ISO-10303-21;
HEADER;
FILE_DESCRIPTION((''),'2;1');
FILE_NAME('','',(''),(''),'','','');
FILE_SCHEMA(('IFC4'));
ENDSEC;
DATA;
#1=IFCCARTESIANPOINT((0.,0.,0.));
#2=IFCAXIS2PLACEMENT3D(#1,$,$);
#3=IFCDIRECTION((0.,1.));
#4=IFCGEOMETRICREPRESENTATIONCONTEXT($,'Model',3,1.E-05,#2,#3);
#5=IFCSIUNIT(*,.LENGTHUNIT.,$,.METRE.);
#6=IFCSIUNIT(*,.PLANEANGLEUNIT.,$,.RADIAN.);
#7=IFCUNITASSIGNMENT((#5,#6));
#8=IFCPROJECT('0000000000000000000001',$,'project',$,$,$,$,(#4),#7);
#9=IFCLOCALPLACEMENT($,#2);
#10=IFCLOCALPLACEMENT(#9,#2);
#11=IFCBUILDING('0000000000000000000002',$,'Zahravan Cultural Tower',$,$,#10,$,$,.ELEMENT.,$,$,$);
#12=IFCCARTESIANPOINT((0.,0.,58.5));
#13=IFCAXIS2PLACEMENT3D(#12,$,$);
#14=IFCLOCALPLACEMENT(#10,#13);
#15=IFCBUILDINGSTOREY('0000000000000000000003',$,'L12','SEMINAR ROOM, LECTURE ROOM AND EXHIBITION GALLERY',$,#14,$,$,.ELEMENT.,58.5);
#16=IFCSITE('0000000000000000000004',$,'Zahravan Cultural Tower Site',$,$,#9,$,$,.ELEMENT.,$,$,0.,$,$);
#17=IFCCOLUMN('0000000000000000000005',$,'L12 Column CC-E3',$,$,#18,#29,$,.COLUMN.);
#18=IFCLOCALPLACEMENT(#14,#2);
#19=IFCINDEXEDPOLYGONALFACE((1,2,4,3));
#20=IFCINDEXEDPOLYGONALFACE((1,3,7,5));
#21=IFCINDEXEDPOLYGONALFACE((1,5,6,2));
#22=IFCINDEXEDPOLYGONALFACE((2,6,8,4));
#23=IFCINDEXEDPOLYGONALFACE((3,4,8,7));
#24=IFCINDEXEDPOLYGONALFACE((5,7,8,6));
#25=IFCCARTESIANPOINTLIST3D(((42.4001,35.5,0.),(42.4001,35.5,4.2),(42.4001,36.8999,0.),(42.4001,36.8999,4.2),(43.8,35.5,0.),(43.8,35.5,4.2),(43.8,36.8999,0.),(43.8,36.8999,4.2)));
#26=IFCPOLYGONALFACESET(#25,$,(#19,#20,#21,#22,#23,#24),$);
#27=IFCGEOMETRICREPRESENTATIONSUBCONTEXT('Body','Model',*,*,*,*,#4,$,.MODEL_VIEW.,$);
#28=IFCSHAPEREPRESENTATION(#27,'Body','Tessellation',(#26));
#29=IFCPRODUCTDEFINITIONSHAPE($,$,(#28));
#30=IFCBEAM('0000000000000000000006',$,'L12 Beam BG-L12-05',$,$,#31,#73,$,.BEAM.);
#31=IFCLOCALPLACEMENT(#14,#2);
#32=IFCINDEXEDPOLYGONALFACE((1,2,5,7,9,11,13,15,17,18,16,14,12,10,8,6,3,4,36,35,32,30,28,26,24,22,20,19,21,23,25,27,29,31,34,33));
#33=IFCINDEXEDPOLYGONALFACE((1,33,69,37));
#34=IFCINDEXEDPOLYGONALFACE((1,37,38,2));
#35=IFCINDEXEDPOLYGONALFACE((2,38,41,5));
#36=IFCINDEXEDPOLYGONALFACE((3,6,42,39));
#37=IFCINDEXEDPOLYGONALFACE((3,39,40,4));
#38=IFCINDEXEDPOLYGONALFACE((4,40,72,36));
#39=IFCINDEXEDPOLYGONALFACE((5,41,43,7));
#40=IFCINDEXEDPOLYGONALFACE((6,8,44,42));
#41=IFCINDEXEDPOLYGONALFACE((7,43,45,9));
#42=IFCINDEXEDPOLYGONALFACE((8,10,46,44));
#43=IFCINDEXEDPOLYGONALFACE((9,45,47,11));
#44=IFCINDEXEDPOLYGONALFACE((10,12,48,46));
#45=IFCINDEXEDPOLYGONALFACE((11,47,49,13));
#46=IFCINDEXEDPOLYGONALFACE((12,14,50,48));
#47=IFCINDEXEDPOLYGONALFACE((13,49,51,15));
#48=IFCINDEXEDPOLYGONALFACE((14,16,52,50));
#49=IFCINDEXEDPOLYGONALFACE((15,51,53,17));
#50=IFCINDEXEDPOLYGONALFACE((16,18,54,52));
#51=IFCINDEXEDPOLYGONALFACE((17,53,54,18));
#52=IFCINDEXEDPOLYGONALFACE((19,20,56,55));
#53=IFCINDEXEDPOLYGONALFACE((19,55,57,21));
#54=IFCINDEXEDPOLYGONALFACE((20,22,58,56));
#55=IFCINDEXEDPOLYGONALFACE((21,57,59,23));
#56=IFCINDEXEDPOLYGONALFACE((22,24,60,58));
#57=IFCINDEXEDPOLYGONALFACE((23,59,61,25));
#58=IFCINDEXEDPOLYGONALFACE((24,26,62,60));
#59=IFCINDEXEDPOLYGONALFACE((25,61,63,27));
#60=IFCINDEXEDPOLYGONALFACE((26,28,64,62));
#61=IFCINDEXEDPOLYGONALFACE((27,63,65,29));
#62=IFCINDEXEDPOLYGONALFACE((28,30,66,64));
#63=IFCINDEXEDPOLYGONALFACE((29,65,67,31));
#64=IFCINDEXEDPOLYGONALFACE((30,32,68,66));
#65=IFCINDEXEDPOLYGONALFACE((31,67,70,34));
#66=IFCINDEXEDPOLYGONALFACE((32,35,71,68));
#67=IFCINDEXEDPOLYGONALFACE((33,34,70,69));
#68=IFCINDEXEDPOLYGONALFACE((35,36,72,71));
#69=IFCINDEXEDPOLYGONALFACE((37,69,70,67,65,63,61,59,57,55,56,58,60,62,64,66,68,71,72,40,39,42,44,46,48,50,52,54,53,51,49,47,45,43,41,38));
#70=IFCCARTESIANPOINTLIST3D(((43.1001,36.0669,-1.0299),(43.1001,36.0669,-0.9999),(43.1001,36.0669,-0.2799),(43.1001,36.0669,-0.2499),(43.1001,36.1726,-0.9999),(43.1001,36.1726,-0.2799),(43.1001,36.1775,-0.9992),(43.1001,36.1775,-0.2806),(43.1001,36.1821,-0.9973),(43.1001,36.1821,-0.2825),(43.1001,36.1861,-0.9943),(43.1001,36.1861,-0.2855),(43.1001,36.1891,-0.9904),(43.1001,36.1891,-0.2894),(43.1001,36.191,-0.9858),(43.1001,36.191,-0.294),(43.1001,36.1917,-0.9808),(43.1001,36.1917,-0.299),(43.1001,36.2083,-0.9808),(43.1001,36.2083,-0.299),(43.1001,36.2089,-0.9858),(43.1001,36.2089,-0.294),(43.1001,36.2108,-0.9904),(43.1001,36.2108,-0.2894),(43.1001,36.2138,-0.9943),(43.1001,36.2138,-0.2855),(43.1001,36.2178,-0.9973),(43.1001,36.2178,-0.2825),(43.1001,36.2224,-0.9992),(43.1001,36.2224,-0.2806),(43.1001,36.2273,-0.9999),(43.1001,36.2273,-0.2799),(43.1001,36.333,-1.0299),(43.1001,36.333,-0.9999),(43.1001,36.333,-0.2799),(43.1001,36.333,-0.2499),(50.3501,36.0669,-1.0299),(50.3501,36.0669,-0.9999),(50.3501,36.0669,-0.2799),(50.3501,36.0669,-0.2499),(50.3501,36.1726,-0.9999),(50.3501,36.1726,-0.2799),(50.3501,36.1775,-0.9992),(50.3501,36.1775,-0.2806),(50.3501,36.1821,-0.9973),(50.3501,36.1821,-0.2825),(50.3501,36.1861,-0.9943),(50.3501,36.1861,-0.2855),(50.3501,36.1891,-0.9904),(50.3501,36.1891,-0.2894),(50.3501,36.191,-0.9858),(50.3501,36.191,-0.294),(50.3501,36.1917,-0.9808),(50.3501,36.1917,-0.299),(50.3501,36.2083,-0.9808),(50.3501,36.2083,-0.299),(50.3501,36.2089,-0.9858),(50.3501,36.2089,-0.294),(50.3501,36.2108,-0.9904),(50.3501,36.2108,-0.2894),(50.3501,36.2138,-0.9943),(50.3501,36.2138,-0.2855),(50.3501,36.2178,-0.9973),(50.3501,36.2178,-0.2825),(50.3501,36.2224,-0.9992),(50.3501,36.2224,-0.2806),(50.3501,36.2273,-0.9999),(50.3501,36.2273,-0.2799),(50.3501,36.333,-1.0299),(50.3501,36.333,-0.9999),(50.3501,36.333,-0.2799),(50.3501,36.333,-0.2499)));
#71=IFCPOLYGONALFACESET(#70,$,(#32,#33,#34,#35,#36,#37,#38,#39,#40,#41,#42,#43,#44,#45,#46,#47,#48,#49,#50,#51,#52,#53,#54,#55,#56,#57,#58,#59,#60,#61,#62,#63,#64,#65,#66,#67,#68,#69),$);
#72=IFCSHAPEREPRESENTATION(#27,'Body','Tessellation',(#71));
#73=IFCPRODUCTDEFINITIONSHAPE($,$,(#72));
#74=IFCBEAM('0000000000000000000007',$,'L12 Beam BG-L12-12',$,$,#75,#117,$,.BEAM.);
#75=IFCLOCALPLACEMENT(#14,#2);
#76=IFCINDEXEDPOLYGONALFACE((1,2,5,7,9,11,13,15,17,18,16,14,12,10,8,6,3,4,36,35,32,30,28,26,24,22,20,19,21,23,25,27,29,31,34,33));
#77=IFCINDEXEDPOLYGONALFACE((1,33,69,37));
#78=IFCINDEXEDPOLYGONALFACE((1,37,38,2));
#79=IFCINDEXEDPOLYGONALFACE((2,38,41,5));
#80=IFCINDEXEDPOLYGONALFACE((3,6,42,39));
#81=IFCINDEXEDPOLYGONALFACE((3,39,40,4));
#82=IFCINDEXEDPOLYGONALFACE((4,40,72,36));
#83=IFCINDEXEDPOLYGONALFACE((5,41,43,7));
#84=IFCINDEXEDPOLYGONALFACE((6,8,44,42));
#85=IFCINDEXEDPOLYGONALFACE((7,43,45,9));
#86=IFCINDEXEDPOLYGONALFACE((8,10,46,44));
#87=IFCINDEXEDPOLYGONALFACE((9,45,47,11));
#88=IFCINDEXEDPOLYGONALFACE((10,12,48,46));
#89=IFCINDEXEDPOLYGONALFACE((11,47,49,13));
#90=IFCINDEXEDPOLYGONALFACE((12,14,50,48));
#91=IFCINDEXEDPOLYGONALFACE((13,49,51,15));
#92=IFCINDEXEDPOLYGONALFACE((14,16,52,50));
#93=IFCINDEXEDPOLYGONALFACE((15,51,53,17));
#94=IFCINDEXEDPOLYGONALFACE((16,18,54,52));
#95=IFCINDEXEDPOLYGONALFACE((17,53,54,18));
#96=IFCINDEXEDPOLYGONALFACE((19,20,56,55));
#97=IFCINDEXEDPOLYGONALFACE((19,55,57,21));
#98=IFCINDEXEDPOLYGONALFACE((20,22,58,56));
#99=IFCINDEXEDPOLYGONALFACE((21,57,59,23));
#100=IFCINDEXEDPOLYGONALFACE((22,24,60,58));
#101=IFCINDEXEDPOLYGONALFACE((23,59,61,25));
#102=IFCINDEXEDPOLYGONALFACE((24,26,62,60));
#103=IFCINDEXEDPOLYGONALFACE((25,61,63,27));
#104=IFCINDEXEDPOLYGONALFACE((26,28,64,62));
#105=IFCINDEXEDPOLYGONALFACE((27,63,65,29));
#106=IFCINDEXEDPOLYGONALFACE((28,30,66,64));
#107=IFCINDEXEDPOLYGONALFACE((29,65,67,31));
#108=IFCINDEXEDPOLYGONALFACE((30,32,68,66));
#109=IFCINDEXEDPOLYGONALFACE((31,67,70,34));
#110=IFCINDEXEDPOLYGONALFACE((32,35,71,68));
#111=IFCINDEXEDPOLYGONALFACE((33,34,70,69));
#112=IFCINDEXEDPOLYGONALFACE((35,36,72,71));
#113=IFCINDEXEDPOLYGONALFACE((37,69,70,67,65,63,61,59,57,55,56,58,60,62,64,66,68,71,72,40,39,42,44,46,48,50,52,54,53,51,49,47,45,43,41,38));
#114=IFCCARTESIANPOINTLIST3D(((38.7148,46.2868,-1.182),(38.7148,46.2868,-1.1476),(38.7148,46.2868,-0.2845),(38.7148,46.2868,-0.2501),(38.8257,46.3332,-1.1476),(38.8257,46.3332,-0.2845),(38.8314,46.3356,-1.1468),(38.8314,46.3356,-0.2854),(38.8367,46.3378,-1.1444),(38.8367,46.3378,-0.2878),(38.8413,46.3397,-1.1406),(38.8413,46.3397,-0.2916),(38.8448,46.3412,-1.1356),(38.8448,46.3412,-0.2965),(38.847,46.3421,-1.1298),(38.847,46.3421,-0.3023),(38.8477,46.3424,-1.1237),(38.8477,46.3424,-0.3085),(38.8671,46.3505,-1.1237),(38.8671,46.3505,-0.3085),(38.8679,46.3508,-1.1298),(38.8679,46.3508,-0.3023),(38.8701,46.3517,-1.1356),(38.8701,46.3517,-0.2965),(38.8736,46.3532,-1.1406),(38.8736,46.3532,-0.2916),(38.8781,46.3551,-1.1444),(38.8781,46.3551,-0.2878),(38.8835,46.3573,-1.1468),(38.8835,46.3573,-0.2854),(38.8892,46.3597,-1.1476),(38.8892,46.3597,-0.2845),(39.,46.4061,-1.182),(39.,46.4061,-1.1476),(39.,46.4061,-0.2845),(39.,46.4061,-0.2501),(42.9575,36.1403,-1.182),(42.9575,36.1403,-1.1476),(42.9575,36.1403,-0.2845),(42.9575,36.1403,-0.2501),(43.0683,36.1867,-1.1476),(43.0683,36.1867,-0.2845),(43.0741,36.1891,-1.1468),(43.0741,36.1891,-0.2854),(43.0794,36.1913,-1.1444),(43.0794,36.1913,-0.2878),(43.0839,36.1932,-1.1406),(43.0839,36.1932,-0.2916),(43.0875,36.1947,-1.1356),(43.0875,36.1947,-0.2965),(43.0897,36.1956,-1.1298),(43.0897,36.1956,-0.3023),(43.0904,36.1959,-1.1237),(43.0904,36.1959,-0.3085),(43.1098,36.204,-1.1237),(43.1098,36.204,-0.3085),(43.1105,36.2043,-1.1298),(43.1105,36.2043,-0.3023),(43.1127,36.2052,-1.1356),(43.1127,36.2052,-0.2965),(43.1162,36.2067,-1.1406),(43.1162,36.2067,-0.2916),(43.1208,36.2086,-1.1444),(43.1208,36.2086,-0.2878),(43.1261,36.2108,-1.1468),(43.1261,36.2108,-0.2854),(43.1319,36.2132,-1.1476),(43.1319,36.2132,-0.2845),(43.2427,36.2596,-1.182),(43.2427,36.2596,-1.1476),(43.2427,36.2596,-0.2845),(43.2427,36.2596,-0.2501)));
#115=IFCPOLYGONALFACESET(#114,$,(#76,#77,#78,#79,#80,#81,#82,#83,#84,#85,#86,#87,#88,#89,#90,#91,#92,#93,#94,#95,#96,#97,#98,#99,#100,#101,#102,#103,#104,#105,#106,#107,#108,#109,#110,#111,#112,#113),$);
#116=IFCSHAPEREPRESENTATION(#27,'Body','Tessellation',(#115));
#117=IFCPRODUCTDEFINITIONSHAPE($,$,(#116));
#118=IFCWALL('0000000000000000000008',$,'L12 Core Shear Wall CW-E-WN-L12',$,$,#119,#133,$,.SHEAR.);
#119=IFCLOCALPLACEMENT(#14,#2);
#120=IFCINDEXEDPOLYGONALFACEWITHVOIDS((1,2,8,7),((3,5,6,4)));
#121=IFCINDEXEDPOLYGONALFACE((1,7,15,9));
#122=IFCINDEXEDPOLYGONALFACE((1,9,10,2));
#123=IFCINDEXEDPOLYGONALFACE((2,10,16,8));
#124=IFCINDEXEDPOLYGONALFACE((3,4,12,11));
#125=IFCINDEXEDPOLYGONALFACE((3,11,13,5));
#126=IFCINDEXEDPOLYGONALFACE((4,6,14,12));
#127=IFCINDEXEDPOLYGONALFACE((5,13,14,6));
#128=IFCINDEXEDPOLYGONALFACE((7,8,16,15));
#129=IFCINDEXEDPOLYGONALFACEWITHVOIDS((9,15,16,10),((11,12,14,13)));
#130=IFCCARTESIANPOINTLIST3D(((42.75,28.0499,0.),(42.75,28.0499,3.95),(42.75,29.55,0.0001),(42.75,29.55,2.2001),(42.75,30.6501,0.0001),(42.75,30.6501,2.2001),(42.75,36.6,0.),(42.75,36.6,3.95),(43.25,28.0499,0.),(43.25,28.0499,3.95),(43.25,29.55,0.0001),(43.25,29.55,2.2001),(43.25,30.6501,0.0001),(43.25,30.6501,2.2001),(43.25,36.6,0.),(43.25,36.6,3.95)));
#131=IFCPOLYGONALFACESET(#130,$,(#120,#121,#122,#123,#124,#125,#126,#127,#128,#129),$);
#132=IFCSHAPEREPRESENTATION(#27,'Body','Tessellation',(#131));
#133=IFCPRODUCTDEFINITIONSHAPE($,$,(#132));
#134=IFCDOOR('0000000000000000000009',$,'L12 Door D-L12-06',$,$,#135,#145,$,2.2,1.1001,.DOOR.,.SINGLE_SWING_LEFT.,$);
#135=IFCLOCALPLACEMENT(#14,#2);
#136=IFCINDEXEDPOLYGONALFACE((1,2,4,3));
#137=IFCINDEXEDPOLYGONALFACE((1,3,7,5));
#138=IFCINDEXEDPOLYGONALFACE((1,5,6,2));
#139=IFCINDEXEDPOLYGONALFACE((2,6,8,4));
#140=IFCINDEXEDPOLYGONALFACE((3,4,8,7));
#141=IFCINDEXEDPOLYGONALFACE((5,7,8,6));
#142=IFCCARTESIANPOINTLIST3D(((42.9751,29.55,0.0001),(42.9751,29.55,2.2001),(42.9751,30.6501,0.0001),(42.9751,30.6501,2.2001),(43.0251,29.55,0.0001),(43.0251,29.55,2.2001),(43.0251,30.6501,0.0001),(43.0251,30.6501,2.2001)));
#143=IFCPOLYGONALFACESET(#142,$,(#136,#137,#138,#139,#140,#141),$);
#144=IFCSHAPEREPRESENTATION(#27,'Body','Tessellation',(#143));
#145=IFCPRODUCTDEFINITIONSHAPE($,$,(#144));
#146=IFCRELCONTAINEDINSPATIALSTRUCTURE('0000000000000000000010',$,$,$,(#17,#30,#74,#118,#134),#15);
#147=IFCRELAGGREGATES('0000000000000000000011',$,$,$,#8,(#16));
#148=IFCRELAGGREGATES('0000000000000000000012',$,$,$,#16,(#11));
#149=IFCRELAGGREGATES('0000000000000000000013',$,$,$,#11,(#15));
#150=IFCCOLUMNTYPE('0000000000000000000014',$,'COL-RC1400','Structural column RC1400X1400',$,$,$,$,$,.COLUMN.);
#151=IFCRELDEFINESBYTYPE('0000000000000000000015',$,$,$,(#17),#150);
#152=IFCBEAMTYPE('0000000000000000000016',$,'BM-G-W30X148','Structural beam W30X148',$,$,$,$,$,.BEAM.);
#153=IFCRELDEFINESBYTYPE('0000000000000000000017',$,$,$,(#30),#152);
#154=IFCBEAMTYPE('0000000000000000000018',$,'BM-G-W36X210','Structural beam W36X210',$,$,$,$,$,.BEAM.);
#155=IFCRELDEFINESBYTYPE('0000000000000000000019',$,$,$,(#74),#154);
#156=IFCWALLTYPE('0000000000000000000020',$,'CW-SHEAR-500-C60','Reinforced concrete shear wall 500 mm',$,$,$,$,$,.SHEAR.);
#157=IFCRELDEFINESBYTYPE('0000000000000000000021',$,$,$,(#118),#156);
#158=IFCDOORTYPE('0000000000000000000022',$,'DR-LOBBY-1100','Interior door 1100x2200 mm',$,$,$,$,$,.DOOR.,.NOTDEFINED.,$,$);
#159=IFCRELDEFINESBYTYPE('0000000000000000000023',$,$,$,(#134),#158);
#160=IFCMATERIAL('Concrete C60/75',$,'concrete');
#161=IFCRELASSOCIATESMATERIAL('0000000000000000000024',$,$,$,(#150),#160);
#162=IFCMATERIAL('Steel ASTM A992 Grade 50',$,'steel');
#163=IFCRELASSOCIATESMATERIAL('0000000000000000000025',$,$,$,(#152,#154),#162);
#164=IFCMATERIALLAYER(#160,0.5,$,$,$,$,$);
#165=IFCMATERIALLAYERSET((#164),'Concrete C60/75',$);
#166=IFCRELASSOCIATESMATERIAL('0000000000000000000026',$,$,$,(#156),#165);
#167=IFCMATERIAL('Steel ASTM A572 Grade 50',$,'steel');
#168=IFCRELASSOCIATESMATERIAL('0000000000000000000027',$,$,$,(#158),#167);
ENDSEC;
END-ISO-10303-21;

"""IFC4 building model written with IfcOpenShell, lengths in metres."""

from ifc_helpers import new_model, si_unit, direction, frame, frame_2d, origin, origin_2d, place, context, subcontext, project, spatial, rectangle, i_section, extrude, source, transform, mapped, material, layer, layer_set, material_profile, profile_set, type_object, element, fill, save


model = new_model("IFC4")

# Units and contexts
model_context = context("Model", 3, precision=1e-05, world=origin(), true_north=direction((0.0, 1.0)))
body_context = subcontext(model_context, "Body", "Model", "MODEL_VIEW")
ifc_project = project(units=[si_unit("LENGTHUNIT", "METRE"), si_unit("PLANEANGLEUNIT", "RADIAN")], contexts=[model_context])

# Site, building, storey
site_placement = place(None, origin())
site = spatial("IfcSite", under=ifc_project, at=site_placement, Name="Zahravan Cultural Tower Site", CompositionType="ELEMENT", RefElevation=0.0)
building_placement = place(site_placement, origin())
building = spatial("IfcBuilding", under=site, at=building_placement, Name="Zahravan Cultural Tower", CompositionType="ELEMENT")
storey_placement = place(building_placement, frame((0.0, 0.0, 58.5)))
storey = spatial("IfcBuildingStorey", under=building, at=storey_placement, Name="L12", Description="SEMINAR ROOM, LECTURE ROOM AND EXHIBITION GALLERY", CompositionType="ELEMENT", Elevation=58.5)

# Column
ifc_material_1 = material(Name="Concrete C60/75", Category="concrete")
ifc_material_profile_1 = material_profile(ifc_material_1, rectangle(XDim=1.3999, YDim=1.3999, at=origin_2d()), Name="RC1400X1400")
ifc_profile_set_1 = profile_set([ifc_material_profile_1], Name="Concrete C60/75")
column_type = type_object("IfcColumnType", Name="COL-RC1400", Description="Structural column RC1400X1400", PredefinedType="COLUMN", material=ifc_profile_set_1)
shared_shape_1 = source(origin(), body_context, "Body", "SweptSolid", [
    extrude(rectangle(XDim=1.3999, YDim=1.3999, at=origin_2d()), origin(), (0.0, 0.0, 1.0), 4.2),
])
column_placement = place(storey_placement, frame((43.1001, 36.2, 0.0), z_axis=(0.0, 0.0, 1.0), x_axis=(1.0, 0.0, 0.0)))
element("IfcColumn", 1, at=column_placement, inside=storey, type_object=column_type, Name="L12 Column CC-E3", PredefinedType="COLUMN", context=body_context, shape_type="MappedRepresentation", body=[
    mapped(shared_shape_1, transform((0.0, 0.0, 0.0), x_axis=(1.0, 0.0, 0.0), y_axis=(0.0, 1.0, 0.0), z_axis=(0.0, 0.0, 1.0), scale=1.0)),
])

# Beams
ifc_material_2 = material(Name="Steel ASTM A992 Grade 50", Category="steel")
ifc_material_profile_2 = material_profile(ifc_material_2, i_section(OverallWidth=0.2661, OverallDepth=0.78, WebThickness=0.0166, FlangeThickness=0.03, FilletRadius=0.019, at=origin_2d()), Name="W30X148")
ifc_profile_set_2 = profile_set([ifc_material_profile_2], Name="Steel ASTM A992 Grade 50")
beam_type_1 = type_object("IfcBeamType", Name="BM-G-W30X148", Description="Structural beam W30X148", PredefinedType="BEAM", material=ifc_profile_set_2)
shared_shape_2 = source(origin(), body_context, "Body", "SweptSolid", [
    extrude(i_section(OverallWidth=0.2661, OverallDepth=0.78, WebThickness=0.0166, FlangeThickness=0.03, FilletRadius=0.019, at=origin_2d()), origin(), (0.0, 0.0, 1.0), 7.25),
])
beam_1_placement = place(storey_placement, frame((43.1001, 36.2, -0.6399), z_axis=(1.0, 0.0, 0.0), x_axis=(0.0, 1.0, 0.0)))
element("IfcBeam", 2, at=beam_1_placement, inside=storey, type_object=beam_type_1, Name="L12 Beam BG-L12-05", PredefinedType="BEAM", context=body_context, shape_type="MappedRepresentation", body=[
    mapped(shared_shape_2, transform((0.0, 0.0, 0.0), x_axis=(1.0, 0.0, 0.0), y_axis=(0.0, 1.0, 0.0), z_axis=(0.0, 0.0, 1.0), scale=1.0)),
])
ifc_material_profile_3 = material_profile(ifc_material_2, i_section(OverallWidth=0.3091, OverallDepth=0.9319, WebThickness=0.021, FlangeThickness=0.0344, FilletRadius=0.0239, at=origin_2d()), Name="W36X210")
ifc_profile_set_3 = profile_set([ifc_material_profile_3], Name="Steel ASTM A992 Grade 50")
beam_type_2 = type_object("IfcBeamType", Name="BM-G-W36X210", Description="Structural beam W36X210", PredefinedType="BEAM", material=ifc_profile_set_3)
shared_shape_3 = source(origin(), body_context, "Body", "SweptSolid", [
    extrude(i_section(OverallWidth=0.3091, OverallDepth=0.9319, WebThickness=0.021, FlangeThickness=0.0344, FilletRadius=0.0239, at=origin_2d()), origin(), (0.0, 0.0, 1.0), 10.9978),
])
beam_2_placement = place(storey_placement, frame((43.1001, 36.2, -0.7161), z_axis=(-0.385775, 0.922593, 0.0), x_axis=(-0.922593, -0.385775, 0.0)))
element("IfcBeam", 3, at=beam_2_placement, inside=storey, type_object=beam_type_2, Name="L12 Beam BG-L12-12", PredefinedType="BEAM", context=body_context, shape_type="MappedRepresentation", body=[
    mapped(shared_shape_3, transform((0.0, 0.0, 0.0), x_axis=(1.0, 0.0, 0.0), y_axis=(0.0, 1.0, 0.0), z_axis=(0.0, 0.0, 1.0), scale=1.0)),
])

# Wall, opening, door
ifc_layer_1 = layer(ifc_material_1, 0.5)
ifc_layer_set_1 = layer_set([ifc_layer_1], Name="Concrete C60/75")
wall_type_1 = type_object("IfcWallType", Name="CW-SHEAR-500-C60", Description="Reinforced concrete shear wall 500 mm", PredefinedType="SHEAR", material=ifc_layer_set_1)
wall_1_placement = place(storey_placement, frame((43.0, 28.05, 0.0), z_axis=(0.0, 0.0, 1.0), x_axis=(0.0, 1.0, 0.0)))
wall_1 = element("IfcWall", 4, at=wall_1_placement, inside=storey, type_object=wall_type_1, Name="L12 Core Shear Wall CW-E-WN-L12", PredefinedType="SHEAR", context=body_context, shape_type="SweptSolid", body=[
    extrude(rectangle(XDim=8.55, YDim=0.5, at=frame_2d((4.2749, 0.0))), origin(), (0.0, 0.0, 1.0), 3.95),
])
opening_1_placement = place(wall_1_placement, frame((1.5, 0.0, 0.0)))
opening_1 = element("IfcOpeningElement", 5, at=opening_1_placement, cuts=wall_1, PredefinedType="OPENING", context=body_context, shape_type="SweptSolid", body=[
    extrude(rectangle(XDim=1.1001, YDim=2.2, at=frame_2d((0.55, 1.1001))), frame((0.0, 0.26, 0.0), z_axis=(0.0, -1.0, 0.0), x_axis=(1.0, 0.0, 0.0)), (0.0, 0.0, 1.0), 0.52),
])
ifc_material_3 = material(Name="Steel ASTM A572 Grade 50", Category="steel")
door_type_1 = type_object("IfcDoorType", Name="DR-LOBBY-1100", Description="Interior door 1100x2200 mm", OperationType="NOTDEFINED", PredefinedType="DOOR", material=ifc_material_3)
shared_shape_4 = source(origin(), body_context, "Body", "SweptSolid", [
    extrude(rectangle(XDim=1.1001, YDim=2.2, at=frame_2d((0.55, 1.1001))), frame((0.0, 0.0249, 0.0), z_axis=(0.0, -1.0, 0.0), x_axis=(1.0, 0.0, 0.0)), (0.0, 0.0, 1.0), 0.05),
])
door_1_placement = place(opening_1_placement, origin())
door_1 = element("IfcDoor", 6, at=door_1_placement, inside=storey, type_object=door_type_1, Name="L12 Door D-L12-06", OperationType="SINGLE_SWING_LEFT", OverallHeight=2.2, OverallWidth=1.1001, PredefinedType="DOOR", context=body_context, shape_type="MappedRepresentation", body=[
    mapped(shared_shape_4, transform((0.0, 0.0, 0.0), x_axis=(1.0, 0.0, 0.0), y_axis=(0.0, 1.0, 0.0), z_axis=(0.0, 0.0, 1.0), scale=1.0)),
])
fill(opening_1, door_1)

save(model, "model.ifc")
